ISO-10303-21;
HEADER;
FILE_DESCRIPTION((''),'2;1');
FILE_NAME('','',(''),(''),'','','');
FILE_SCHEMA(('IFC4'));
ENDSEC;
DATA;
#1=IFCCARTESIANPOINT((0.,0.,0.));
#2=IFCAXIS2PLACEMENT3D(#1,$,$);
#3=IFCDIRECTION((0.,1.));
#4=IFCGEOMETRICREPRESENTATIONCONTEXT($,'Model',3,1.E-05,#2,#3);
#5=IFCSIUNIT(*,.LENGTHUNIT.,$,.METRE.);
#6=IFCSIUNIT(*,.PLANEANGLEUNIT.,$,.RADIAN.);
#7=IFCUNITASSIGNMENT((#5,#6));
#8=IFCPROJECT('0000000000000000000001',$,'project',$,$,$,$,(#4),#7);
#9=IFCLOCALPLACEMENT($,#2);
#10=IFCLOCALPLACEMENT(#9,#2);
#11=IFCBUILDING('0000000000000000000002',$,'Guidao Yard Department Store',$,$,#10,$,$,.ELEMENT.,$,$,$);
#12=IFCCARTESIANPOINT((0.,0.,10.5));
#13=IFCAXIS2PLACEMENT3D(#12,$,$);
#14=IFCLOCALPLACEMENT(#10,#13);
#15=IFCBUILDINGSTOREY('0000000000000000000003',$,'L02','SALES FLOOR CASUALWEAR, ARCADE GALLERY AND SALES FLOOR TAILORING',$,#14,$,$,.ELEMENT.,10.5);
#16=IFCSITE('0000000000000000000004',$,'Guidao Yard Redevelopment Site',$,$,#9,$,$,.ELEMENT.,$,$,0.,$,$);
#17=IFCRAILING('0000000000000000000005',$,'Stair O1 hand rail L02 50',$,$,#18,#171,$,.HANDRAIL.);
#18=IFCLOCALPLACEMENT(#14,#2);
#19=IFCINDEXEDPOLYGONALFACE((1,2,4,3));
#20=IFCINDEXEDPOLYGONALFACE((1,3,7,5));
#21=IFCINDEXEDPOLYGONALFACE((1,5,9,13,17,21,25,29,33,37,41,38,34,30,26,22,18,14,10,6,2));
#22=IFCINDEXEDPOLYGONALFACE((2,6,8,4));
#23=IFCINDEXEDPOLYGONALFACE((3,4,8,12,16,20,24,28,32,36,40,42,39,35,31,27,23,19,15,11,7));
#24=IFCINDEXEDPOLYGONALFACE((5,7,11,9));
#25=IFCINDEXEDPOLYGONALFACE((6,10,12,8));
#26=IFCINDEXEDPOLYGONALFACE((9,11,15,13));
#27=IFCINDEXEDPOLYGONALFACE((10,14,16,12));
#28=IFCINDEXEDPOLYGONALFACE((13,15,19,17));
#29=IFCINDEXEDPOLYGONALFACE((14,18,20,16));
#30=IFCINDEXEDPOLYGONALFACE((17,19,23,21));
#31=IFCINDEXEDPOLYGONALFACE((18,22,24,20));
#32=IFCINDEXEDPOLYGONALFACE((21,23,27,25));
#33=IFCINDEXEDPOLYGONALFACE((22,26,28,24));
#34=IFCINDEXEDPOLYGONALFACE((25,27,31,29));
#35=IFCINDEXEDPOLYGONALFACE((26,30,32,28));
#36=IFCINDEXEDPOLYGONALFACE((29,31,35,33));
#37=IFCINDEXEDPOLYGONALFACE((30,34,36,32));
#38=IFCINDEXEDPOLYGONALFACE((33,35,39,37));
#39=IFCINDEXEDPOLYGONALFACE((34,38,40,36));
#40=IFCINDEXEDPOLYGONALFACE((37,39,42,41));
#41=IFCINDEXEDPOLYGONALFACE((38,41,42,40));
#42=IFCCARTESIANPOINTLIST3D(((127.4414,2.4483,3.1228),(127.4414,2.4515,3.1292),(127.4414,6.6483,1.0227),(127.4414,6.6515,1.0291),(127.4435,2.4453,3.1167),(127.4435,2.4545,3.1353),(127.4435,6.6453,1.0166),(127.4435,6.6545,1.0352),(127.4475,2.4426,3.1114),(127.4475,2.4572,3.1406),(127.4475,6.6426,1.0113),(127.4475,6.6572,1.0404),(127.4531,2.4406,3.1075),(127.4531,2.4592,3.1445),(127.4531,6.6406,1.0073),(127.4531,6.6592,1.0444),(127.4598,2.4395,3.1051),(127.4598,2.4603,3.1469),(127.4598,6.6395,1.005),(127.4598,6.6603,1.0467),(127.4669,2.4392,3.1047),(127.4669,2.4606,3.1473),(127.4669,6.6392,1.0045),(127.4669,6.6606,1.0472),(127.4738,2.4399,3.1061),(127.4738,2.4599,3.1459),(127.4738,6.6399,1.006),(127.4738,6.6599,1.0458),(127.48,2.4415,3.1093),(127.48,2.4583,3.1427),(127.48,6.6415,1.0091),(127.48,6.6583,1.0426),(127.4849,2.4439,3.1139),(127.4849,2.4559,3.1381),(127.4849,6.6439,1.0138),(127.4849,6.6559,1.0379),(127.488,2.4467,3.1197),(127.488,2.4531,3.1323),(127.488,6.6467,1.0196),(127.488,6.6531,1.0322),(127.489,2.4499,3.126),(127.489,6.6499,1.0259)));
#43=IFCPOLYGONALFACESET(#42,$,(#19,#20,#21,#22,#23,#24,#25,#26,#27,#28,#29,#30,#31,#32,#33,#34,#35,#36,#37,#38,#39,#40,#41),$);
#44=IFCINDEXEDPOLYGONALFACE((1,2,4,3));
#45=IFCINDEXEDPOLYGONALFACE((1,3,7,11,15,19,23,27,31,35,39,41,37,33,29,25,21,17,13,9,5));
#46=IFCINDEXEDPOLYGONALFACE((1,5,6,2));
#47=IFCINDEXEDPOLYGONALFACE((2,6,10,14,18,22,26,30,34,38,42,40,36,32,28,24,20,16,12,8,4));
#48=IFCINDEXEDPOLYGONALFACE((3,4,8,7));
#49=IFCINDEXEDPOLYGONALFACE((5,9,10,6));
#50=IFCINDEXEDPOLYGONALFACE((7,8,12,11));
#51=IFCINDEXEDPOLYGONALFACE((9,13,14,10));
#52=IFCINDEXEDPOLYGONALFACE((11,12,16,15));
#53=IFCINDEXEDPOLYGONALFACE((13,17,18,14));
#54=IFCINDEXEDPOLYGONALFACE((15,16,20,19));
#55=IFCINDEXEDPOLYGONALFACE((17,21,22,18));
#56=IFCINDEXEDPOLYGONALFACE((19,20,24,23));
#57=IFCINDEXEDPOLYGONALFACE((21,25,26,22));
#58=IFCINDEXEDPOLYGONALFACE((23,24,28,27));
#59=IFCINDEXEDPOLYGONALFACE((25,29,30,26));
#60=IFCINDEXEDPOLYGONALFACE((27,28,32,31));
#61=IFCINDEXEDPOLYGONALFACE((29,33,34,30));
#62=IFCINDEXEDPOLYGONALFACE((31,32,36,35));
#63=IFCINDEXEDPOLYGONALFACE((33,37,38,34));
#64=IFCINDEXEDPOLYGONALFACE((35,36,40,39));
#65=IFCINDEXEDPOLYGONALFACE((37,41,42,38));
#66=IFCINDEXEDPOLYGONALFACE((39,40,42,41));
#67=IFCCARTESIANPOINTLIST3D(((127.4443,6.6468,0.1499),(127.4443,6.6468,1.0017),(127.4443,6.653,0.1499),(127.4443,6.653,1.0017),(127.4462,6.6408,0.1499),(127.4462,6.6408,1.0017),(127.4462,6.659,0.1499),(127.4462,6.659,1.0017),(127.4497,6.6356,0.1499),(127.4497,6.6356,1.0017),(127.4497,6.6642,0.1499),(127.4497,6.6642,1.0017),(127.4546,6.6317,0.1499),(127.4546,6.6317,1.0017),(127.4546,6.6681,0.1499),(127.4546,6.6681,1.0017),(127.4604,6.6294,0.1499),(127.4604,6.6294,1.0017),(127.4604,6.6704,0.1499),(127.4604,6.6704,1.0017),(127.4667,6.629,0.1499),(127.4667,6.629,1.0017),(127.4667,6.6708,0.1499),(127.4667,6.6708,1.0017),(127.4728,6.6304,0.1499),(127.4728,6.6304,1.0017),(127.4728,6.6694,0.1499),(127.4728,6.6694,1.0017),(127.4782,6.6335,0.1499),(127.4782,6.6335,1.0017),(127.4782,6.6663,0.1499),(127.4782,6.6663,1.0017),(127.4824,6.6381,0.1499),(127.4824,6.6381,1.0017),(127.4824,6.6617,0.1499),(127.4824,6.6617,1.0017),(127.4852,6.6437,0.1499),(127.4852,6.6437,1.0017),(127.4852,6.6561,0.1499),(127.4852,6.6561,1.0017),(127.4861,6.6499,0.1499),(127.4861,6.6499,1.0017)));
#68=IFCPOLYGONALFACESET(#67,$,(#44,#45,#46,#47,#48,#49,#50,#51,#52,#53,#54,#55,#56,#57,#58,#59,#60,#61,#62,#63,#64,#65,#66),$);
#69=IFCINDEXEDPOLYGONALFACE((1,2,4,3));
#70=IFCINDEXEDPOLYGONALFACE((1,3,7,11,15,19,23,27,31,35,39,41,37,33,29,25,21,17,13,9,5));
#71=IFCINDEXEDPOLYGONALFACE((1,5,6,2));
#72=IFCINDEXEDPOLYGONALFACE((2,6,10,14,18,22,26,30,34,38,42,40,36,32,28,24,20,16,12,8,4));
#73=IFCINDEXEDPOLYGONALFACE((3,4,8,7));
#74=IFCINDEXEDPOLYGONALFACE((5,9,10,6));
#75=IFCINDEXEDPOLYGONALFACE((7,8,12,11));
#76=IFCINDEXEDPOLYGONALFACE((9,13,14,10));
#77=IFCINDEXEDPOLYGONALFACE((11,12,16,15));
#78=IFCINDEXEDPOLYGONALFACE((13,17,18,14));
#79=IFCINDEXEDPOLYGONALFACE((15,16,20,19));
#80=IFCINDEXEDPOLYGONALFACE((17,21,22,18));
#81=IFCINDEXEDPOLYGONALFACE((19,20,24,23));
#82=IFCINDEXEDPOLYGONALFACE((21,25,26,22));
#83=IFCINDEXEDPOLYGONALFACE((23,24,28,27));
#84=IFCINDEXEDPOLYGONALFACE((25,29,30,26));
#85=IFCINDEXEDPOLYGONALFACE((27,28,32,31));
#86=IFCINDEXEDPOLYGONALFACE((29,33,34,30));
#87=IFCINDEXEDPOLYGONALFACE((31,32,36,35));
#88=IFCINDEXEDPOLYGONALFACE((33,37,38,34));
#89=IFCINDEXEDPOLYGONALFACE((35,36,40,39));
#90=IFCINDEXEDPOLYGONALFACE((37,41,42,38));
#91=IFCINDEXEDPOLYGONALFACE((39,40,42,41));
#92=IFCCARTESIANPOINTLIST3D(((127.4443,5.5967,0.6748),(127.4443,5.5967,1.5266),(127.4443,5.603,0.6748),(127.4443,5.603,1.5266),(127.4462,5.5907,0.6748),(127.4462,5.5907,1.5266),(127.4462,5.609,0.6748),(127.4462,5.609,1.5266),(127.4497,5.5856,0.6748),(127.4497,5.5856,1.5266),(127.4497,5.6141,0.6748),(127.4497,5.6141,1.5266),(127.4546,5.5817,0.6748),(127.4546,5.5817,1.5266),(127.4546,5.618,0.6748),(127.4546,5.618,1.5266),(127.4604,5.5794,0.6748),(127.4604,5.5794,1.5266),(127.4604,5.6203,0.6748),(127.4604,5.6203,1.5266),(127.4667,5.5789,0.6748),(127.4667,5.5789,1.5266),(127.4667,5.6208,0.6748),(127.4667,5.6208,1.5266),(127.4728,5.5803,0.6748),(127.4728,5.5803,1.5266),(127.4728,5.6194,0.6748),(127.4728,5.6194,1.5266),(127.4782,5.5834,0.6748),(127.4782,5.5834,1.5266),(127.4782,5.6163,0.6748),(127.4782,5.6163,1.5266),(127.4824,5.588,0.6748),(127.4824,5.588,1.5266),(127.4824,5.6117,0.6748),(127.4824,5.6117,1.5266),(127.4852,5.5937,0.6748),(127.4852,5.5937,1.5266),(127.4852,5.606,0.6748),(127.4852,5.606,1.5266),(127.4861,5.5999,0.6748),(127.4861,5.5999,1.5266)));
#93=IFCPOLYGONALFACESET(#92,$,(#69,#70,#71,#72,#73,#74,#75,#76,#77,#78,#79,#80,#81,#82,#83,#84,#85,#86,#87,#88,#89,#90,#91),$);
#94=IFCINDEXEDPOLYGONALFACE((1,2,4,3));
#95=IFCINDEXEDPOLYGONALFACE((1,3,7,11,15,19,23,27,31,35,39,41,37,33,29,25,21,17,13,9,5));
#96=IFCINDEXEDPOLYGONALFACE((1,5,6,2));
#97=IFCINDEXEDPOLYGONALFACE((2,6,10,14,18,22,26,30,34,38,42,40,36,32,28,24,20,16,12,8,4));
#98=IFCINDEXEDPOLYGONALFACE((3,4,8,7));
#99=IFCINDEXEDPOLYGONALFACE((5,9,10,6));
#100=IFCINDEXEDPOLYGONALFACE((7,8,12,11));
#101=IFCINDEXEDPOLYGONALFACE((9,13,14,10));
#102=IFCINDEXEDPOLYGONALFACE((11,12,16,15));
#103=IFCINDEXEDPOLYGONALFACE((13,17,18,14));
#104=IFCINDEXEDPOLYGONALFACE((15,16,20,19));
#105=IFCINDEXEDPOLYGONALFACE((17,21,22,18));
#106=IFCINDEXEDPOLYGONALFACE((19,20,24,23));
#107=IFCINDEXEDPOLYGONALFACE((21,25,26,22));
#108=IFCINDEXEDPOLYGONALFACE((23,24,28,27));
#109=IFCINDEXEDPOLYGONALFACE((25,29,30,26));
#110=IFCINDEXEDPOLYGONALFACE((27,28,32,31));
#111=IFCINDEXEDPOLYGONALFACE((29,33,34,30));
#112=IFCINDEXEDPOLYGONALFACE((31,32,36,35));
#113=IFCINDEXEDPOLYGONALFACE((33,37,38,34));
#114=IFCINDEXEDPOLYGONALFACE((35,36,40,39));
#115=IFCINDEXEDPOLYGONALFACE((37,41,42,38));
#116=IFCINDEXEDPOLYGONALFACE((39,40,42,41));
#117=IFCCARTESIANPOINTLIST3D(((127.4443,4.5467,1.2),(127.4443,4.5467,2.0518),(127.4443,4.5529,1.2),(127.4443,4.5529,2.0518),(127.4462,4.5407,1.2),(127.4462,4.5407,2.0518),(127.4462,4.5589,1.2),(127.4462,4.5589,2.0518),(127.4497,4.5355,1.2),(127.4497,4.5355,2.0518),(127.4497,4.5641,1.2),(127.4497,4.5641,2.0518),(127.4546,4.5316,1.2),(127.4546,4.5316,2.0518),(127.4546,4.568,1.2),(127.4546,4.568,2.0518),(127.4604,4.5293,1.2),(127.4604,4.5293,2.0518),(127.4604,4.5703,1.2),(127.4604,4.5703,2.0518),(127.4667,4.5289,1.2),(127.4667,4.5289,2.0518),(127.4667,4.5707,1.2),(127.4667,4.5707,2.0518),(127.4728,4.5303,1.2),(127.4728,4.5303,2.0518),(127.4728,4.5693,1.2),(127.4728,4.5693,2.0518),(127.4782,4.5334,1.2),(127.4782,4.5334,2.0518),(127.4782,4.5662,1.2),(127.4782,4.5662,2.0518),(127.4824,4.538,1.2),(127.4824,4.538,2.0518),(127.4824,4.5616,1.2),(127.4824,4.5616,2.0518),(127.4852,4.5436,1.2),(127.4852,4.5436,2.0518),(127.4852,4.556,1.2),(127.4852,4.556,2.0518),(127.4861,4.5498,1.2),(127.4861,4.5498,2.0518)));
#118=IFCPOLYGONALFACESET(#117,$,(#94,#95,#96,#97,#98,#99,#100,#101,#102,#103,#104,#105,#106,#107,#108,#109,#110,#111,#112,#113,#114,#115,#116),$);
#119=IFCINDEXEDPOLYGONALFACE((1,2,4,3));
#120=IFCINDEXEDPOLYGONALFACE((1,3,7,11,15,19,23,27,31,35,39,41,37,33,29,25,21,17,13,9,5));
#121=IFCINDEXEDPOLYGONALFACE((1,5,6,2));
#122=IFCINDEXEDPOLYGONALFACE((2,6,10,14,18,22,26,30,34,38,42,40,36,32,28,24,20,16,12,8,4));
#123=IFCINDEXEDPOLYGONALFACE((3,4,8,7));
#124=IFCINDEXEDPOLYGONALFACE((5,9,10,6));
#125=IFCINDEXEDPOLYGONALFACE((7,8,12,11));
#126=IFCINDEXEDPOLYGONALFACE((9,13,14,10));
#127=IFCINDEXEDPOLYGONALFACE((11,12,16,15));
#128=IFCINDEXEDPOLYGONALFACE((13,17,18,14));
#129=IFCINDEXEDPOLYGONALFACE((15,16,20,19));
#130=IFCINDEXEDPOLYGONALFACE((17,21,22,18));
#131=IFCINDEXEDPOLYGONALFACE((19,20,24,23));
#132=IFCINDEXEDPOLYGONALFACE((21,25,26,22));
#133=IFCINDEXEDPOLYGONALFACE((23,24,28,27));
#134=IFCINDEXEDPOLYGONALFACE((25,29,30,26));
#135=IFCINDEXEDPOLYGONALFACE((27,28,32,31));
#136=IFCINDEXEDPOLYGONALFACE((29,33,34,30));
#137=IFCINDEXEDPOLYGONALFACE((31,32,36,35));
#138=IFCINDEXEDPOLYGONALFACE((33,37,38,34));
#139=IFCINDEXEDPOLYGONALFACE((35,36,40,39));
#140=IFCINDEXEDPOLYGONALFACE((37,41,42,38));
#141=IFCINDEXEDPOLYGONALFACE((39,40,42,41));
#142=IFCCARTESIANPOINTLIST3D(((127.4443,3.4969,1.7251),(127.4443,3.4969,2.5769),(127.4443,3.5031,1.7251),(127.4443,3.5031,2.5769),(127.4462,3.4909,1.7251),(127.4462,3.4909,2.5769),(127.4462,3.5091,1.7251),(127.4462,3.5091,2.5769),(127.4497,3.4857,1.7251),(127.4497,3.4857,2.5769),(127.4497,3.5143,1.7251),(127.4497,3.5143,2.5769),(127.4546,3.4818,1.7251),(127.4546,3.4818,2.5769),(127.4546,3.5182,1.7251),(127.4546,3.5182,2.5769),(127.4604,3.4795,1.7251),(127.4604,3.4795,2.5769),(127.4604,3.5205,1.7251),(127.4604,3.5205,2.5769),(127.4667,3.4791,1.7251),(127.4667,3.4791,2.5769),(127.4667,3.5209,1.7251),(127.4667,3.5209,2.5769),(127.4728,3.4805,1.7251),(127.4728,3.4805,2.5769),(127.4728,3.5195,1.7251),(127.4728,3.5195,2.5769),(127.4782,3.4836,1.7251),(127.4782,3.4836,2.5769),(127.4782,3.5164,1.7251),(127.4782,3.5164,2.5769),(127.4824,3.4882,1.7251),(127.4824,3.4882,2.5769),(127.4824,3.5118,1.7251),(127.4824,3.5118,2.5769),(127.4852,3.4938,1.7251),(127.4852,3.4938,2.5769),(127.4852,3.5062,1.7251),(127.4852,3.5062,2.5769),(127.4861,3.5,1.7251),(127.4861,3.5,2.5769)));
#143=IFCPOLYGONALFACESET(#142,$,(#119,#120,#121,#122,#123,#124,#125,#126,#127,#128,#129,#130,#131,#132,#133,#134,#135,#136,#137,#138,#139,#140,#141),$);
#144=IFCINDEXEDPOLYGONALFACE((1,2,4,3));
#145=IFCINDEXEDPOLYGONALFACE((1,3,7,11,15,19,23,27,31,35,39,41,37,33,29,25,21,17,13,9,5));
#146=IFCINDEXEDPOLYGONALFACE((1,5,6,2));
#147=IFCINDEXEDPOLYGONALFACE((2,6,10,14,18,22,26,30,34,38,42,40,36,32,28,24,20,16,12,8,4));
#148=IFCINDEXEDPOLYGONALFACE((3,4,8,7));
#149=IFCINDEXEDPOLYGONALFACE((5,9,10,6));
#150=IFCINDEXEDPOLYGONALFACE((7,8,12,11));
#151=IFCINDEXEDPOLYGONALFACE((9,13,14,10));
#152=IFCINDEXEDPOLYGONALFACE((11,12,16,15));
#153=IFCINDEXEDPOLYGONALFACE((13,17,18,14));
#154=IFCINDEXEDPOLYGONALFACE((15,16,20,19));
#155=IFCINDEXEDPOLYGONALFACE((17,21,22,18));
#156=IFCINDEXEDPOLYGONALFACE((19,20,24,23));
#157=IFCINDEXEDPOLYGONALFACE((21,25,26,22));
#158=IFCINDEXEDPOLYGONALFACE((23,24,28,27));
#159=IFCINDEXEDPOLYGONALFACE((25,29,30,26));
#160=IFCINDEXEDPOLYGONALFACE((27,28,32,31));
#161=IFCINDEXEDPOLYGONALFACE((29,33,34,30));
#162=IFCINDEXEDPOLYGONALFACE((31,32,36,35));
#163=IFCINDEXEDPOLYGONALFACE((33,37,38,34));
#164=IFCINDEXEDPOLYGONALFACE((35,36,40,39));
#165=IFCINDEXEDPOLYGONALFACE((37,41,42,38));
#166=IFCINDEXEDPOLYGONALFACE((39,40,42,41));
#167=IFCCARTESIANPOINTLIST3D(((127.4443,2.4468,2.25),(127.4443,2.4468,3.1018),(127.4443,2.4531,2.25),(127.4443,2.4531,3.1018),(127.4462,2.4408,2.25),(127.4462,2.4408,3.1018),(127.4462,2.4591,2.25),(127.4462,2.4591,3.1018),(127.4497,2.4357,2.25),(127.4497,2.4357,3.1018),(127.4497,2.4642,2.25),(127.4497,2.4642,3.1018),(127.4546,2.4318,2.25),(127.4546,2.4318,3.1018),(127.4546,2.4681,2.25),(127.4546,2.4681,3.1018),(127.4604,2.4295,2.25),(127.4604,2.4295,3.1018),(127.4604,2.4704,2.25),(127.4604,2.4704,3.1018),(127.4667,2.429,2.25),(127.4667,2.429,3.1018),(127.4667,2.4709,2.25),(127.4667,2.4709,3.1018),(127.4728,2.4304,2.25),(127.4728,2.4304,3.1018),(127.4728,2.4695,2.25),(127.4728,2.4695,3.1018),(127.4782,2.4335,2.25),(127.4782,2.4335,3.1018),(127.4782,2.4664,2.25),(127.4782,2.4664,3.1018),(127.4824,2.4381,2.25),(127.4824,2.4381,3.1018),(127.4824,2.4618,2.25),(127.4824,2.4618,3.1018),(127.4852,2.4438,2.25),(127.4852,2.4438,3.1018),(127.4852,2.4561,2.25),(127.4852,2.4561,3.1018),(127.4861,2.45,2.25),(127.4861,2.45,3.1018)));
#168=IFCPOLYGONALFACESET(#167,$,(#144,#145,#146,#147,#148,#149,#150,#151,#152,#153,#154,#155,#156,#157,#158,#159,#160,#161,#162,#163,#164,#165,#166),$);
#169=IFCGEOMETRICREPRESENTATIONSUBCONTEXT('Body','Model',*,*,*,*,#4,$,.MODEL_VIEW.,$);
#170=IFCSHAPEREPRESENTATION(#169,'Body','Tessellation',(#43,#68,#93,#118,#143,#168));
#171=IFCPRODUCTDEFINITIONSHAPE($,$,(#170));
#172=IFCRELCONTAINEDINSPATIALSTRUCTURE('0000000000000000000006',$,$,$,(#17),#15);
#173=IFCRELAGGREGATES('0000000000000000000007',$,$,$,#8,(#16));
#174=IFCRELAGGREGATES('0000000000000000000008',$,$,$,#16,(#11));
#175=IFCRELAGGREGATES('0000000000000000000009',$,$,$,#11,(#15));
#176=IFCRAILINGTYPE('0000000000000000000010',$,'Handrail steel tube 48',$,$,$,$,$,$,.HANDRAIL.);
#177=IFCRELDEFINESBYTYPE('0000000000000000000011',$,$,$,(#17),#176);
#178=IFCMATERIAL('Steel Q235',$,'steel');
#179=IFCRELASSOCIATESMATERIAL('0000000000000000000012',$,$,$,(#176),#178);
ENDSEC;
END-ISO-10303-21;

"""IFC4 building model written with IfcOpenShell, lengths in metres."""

from ifc_helpers import new_model, si_unit, direction, frame, origin, origin_2d, place, context, subcontext, project, spatial, circle, extrude, material, type_object, element, save


model = new_model("IFC4")

# Units and contexts
model_context = context("Model", 3, precision=1e-05, world=origin(), true_north=direction((0.0, 1.0)))
body_context = subcontext(model_context, "Body", "Model", "MODEL_VIEW")
ifc_project = project(units=[si_unit("LENGTHUNIT", "METRE"), si_unit("PLANEANGLEUNIT", "RADIAN")], contexts=[model_context])

# Site, building, storey
site_placement = place(None, origin())
site = spatial("IfcSite", under=ifc_project, at=site_placement, Name="Guidao Yard Redevelopment Site", CompositionType="ELEMENT", RefElevation=0.0)
building_placement = place(site_placement, origin())
building = spatial("IfcBuilding", under=site, at=building_placement, Name="Guidao Yard Department Store", CompositionType="ELEMENT")
storey_placement = place(building_placement, frame((0.0, 0.0, 10.5)))
storey = spatial("IfcBuildingStorey", under=building, at=storey_placement, Name="L02", Description="SALES FLOOR CASUALWEAR, ARCADE GALLERY AND SALES FLOOR TAILORING", CompositionType="ELEMENT", Elevation=10.5)

# Railing
ifc_material_1 = material(Name="Steel Q235", Category="steel")
railing_type_1 = type_object("IfcRailingType", Name="Handrail steel tube 48", PredefinedType="HANDRAIL", material=ifc_material_1)
for number, where, name in (
    (1, (127.4651, 6.6499, 0.1499), "Stair O1 hand rail L02 50"),
):
    element("IfcRailing", number, at=place(storey_placement, frame(where)), inside=storey, type_object=railing_type_1, Name=name, PredefinedType="HANDRAIL", context=body_context, shape_type="SweptSolid", body=[
        extrude(circle(Radius=0.0239, at=origin_2d()), frame((0.0, 0.0, 0.876), z_axis=(0.0, -0.894417, 0.447234), x_axis=(1.0, 0.0, 0.0)), (0.0, 0.0, 1.0), 4.6958),
        extrude(circle(Radius=0.021, at=origin_2d()), origin(), (0.0, 0.0, 1.0), 0.8518),
        extrude(circle(Radius=0.021, at=origin_2d()), frame((0.0, -1.05, 0.5249)), (0.0, 0.0, 1.0), 0.8518),
        extrude(circle(Radius=0.021, at=origin_2d()), frame((0.0, -2.1001, 1.05)), (0.0, 0.0, 1.0), 0.8518),
        extrude(circle(Radius=0.021, at=origin_2d()), frame((0.0, -3.1499, 1.5752)), (0.0, 0.0, 1.0), 0.8518),
        extrude(circle(Radius=0.021, at=origin_2d()), frame((0.0, -4.2, 2.1001)), (0.0, 0.0, 1.0), 0.8518),
    ])

save(model, "model.ifc")
